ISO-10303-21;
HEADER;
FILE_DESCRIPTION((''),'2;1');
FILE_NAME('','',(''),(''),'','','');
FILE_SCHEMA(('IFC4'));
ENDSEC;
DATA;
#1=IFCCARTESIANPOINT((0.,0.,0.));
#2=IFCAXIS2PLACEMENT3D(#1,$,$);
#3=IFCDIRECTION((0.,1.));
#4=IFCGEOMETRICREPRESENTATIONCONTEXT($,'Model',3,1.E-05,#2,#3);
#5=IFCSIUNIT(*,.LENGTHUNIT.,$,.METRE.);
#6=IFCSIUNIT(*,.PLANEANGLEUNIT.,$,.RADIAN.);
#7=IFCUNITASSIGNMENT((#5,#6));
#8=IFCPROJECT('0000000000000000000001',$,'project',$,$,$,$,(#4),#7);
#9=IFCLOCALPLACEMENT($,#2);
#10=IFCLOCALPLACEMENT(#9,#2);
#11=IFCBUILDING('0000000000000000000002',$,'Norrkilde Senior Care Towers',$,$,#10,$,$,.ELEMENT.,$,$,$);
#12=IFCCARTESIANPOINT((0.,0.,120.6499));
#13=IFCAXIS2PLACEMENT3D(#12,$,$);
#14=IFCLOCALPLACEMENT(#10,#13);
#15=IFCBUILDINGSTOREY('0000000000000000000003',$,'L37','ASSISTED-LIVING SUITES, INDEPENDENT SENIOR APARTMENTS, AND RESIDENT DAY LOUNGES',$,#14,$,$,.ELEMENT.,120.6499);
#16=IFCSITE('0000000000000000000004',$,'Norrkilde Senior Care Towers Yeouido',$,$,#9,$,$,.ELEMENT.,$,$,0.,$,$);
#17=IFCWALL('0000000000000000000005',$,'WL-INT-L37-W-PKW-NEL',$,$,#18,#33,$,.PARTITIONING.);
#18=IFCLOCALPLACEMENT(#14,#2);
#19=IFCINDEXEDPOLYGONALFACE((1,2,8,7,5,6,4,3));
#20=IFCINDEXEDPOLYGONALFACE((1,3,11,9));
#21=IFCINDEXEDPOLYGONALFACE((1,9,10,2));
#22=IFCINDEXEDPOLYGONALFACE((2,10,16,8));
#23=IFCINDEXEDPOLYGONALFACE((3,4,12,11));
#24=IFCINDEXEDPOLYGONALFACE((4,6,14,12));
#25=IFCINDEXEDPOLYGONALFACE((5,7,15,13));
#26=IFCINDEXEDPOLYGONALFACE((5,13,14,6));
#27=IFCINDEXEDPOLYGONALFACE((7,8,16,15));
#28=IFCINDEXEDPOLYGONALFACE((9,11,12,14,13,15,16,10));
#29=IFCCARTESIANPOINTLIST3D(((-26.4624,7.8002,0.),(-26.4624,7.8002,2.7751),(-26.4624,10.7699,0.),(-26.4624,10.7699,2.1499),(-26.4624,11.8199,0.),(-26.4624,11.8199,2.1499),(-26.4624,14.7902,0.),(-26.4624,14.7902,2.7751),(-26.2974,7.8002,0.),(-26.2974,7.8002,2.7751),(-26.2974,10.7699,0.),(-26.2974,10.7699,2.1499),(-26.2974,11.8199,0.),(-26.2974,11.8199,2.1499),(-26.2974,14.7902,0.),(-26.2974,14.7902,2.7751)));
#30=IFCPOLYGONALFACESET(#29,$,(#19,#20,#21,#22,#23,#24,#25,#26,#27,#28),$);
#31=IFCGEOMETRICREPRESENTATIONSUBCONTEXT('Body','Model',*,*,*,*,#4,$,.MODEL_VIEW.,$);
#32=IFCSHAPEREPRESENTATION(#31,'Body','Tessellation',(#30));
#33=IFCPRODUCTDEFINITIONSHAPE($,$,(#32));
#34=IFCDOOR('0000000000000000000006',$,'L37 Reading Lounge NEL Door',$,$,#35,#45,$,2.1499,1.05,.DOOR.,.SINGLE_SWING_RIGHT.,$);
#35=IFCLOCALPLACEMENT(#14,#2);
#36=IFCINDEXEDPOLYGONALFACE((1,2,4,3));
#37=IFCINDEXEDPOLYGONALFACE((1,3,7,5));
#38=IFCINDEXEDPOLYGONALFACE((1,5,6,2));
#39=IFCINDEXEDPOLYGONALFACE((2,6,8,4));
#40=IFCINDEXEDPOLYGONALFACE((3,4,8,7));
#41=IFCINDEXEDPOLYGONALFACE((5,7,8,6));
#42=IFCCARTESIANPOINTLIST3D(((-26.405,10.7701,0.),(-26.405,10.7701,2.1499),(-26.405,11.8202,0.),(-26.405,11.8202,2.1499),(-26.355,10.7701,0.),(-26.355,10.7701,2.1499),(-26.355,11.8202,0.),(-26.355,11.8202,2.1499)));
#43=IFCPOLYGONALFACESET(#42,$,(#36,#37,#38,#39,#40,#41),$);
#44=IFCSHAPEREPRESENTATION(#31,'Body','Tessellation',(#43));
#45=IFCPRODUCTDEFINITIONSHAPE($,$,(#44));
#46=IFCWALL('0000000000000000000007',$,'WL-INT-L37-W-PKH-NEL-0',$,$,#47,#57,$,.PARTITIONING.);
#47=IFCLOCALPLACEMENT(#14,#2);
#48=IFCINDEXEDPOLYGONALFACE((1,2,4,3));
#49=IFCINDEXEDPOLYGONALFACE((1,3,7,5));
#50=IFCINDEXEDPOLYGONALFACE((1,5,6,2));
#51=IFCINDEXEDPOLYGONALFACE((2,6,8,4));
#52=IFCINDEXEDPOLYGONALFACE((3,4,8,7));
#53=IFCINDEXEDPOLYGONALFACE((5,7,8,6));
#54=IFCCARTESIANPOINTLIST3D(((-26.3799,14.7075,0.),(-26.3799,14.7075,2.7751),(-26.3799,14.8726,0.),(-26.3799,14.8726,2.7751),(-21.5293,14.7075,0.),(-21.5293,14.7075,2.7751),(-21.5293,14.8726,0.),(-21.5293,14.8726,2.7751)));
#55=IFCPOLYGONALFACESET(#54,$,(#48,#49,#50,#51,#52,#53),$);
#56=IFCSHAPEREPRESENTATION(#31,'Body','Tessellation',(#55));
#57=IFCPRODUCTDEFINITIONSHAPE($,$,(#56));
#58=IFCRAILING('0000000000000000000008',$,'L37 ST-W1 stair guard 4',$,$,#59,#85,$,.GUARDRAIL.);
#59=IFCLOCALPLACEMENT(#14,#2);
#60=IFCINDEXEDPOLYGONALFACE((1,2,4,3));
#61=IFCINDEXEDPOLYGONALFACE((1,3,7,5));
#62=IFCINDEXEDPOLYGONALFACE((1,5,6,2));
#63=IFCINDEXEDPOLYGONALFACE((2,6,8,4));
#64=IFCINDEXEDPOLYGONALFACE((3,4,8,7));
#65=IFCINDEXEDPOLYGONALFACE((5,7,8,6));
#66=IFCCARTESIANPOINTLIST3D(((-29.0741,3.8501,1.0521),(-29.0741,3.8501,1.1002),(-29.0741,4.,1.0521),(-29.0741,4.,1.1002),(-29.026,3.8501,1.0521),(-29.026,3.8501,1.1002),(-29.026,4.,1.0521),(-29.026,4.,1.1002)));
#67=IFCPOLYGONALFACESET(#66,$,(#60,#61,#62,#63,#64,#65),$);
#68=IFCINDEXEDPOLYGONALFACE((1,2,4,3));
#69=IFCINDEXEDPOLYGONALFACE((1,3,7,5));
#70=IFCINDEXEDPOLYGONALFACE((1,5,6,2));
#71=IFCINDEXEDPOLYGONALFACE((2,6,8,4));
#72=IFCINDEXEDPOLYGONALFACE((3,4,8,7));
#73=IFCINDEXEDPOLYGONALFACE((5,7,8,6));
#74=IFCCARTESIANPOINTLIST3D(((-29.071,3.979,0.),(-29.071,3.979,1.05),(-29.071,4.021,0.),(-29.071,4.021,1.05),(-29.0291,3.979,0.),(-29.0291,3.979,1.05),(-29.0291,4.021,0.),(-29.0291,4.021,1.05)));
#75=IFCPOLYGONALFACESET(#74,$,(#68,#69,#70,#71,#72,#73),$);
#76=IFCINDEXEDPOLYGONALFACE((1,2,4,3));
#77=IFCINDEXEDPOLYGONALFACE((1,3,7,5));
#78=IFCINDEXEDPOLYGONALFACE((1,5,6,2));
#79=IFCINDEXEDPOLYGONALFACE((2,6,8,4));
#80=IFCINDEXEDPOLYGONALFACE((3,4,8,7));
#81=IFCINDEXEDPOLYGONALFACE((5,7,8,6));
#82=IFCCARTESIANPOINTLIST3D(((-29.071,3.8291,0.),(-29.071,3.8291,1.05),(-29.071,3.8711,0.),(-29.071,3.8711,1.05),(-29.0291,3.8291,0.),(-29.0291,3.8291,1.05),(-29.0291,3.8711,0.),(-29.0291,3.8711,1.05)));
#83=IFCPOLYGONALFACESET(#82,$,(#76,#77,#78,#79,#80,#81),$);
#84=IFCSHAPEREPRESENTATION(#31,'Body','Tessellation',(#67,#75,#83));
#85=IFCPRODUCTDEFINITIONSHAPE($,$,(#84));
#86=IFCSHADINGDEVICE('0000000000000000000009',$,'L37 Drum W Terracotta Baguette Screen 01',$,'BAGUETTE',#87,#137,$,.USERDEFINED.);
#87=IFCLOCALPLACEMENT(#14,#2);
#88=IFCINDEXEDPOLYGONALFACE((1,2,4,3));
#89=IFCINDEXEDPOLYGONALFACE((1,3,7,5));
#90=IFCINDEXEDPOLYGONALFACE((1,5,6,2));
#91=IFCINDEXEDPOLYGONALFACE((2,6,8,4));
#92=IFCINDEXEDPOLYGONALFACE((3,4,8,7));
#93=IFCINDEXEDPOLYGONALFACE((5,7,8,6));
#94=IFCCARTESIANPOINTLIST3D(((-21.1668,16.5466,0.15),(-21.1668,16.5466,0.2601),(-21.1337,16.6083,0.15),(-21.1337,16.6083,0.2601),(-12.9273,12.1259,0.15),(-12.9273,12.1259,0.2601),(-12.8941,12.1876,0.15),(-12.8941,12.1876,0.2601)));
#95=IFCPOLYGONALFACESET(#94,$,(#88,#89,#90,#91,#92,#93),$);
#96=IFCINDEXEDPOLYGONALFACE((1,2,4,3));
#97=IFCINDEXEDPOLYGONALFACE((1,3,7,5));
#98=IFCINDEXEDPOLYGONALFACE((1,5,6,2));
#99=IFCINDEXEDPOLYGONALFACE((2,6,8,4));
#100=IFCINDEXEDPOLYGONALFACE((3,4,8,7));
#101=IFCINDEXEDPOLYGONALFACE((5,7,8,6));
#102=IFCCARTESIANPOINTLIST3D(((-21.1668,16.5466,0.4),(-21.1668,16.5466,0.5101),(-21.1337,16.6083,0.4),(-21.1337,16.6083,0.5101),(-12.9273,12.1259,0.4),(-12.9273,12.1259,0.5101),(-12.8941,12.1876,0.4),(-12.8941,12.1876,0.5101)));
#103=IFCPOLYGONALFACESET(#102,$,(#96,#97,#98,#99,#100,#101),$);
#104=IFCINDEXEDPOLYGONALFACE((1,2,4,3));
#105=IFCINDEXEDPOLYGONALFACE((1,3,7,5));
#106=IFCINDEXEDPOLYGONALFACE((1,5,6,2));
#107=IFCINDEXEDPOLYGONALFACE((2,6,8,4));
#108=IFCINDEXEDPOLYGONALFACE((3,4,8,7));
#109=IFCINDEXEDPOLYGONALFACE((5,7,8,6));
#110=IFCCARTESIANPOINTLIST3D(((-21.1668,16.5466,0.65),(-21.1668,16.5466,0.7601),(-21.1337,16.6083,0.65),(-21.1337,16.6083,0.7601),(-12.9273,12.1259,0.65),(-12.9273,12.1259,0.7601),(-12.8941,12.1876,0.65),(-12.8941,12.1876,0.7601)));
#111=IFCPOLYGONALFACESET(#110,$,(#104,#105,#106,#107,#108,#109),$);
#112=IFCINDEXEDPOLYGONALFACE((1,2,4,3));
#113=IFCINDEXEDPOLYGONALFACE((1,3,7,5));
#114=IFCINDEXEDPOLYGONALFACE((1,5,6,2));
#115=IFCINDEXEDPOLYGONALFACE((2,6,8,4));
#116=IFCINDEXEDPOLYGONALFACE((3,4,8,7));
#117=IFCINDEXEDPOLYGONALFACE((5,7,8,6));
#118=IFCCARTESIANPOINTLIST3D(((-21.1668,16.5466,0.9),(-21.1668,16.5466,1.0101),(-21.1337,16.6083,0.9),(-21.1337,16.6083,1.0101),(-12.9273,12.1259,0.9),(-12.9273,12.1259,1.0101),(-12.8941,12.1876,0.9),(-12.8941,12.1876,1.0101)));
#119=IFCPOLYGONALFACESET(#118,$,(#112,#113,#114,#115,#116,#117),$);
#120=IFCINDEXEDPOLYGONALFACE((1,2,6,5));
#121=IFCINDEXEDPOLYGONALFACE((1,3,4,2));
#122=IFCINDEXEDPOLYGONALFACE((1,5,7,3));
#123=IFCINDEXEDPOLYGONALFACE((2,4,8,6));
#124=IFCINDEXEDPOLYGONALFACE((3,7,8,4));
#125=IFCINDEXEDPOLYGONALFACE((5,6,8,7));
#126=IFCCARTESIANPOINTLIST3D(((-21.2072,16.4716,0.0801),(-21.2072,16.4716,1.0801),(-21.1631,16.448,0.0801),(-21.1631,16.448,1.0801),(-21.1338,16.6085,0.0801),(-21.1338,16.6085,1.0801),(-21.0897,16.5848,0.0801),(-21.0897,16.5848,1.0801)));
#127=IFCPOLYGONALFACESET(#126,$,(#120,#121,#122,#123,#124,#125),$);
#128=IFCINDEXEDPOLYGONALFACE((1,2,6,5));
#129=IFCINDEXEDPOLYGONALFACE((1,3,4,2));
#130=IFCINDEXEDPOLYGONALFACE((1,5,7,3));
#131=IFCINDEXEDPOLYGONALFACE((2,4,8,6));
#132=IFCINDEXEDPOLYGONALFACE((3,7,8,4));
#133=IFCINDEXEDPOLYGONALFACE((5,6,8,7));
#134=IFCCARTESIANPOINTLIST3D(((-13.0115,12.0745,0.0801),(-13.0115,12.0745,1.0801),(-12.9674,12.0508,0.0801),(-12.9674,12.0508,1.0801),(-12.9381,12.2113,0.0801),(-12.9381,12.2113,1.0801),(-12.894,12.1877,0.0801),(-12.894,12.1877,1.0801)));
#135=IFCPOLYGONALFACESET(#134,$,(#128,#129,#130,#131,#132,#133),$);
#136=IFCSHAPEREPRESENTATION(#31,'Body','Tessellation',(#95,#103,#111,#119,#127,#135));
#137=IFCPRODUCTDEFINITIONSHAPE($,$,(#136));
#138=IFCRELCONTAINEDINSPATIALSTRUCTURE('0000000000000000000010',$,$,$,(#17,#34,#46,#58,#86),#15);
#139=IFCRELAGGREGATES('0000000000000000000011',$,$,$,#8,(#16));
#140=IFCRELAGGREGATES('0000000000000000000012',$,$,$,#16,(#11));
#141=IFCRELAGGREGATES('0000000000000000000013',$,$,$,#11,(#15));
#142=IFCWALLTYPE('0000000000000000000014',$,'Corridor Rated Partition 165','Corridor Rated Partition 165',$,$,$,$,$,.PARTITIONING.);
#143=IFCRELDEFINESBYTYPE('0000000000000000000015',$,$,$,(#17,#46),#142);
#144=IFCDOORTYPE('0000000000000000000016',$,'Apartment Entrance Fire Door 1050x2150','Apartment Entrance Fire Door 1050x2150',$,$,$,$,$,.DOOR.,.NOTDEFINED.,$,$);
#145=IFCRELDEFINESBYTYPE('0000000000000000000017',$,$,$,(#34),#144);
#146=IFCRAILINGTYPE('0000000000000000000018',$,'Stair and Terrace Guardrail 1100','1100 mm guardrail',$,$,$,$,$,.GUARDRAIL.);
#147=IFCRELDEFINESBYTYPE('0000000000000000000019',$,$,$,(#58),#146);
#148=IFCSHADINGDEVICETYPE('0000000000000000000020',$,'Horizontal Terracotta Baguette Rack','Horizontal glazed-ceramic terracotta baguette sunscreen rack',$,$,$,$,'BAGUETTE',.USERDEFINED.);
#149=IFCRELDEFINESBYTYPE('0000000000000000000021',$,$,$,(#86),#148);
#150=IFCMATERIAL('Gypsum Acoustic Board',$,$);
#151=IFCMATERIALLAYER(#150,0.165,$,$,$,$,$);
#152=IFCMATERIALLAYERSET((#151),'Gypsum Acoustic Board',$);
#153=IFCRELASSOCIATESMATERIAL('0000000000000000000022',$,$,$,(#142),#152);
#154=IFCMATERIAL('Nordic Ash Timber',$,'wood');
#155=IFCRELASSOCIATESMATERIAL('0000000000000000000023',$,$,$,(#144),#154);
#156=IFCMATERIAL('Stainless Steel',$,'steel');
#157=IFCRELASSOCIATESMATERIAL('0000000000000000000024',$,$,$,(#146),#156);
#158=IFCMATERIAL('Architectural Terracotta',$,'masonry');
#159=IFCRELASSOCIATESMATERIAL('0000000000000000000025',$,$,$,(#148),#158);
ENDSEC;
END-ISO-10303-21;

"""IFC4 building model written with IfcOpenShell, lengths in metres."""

from ifc_helpers import new_model, si_unit, direction, frame, frame_2d, origin, origin_2d, place, context, subcontext, project, spatial, rectangle, extrude, source, transform, mapped, material, layer, layer_set, type_object, type_shapes, element, fill, save


model = new_model("IFC4")

# Units and contexts
model_context = context("Model", 3, precision=1e-05, world=origin(), true_north=direction((0.0, 1.0)))
body_context = subcontext(model_context, "Body", "Model", "MODEL_VIEW")
ifc_project = project(units=[si_unit("LENGTHUNIT", "METRE"), si_unit("PLANEANGLEUNIT", "RADIAN")], contexts=[model_context])

# Site, building, storey
site_placement = place(None, origin())
site = spatial("IfcSite", under=ifc_project, at=site_placement, Name="Norrkilde Senior Care Towers Yeouido", CompositionType="ELEMENT", RefElevation=0.0)
building_placement = place(site_placement, origin())
building = spatial("IfcBuilding", under=site, at=building_placement, Name="Norrkilde Senior Care Towers", CompositionType="ELEMENT")
storey_placement = place(building_placement, frame((0.0, 0.0, 120.6499)))
storey = spatial("IfcBuildingStorey", under=building, at=storey_placement, Name="L37", Description="ASSISTED-LIVING SUITES, INDEPENDENT SENIOR APARTMENTS, AND RESIDENT DAY LOUNGES", CompositionType="ELEMENT", Elevation=120.6499)

# Shared definitions
ifc_material_1 = material(Name="Stainless Steel", Category="steel")

# Shared definitions
ifc_material_2 = material(Name="Gypsum Acoustic Board")
ifc_layer_1 = layer(ifc_material_2, 0.165)
ifc_layer_set_1 = layer_set([ifc_layer_1], Name="Gypsum Acoustic Board")
wall_type_1 = type_object("IfcWallType", Name="Corridor Rated Partition 165", Description="Corridor Rated Partition 165", PredefinedType="PARTITIONING", material=ifc_layer_set_1)
ifc_material_3 = material(Name="Nordic Ash Timber", Category="wood")

# Wall, opening, door
shared_shape_1 = source(origin(), body_context, "Body", "SweptSolid", [
    extrude(rectangle(XDim=6.99, YDim=0.165, at=frame_2d((3.4951, 0.0))), origin(), (0.0, 0.0, 1.0), 2.7751),
])
wall_1_placement = place(storey_placement, frame((-26.3799, 7.8, 0.0), z_axis=(0.0, 0.0, 1.0), x_axis=(0.0, 1.0, 0.0)))
wall_1 = element("IfcWall", 1, at=wall_1_placement, inside=storey, type_object=wall_type_1, Name="WL-INT-L37-W-PKW-NEL", PredefinedType="PARTITIONING", context=body_context, shape_type="MappedRepresentation", body=[
    mapped(shared_shape_1, transform((0.0, 0.0, 0.0), x_axis=(1.0, 0.0, 0.0), y_axis=(0.0, 1.0, 0.0), z_axis=(0.0, 0.0, 1.0), scale=1.0)),
])
opening_1_placement = place(wall_1_placement, frame((2.97, 0.0, 0.0)))
opening_1 = element("IfcOpeningElement", 2, at=opening_1_placement, cuts=wall_1, PredefinedType="OPENING", context=body_context, shape_type="SweptSolid", body=[
    extrude(rectangle(XDim=1.05, YDim=2.1499, at=frame_2d((0.5249, 1.075))), frame((0.0, 0.0925, 0.0), z_axis=(0.0, -1.0, 0.0), x_axis=(1.0, 0.0, 0.0)), (0.0, 0.0, 1.0), 0.1851),
])
door_type_1 = type_object("IfcDoorType", Name="Apartment Entrance Fire Door 1050x2150", Description="Apartment Entrance Fire Door 1050x2150", OperationType="NOTDEFINED", PredefinedType="DOOR", material=ifc_material_3)
shared_shape_2 = source(origin(), body_context, "Body", "SweptSolid", [
    extrude(rectangle(XDim=1.05, YDim=2.1499, at=frame_2d((0.5249, 1.075))), frame((0.0, 0.0249, 0.0), z_axis=(0.0, -1.0, 0.0), x_axis=(1.0, 0.0, 0.0)), (0.0, 0.0, 1.0), 0.05),
])
type_shapes(door_type_1, [shared_shape_2])
door_1_placement = place(opening_1_placement, frame((1.05, 0.0, 0.0), z_axis=(0.0, 0.0, 1.0), x_axis=(-1.0, 0.0, 0.0)))
door_1 = element("IfcDoor", 3, at=door_1_placement, inside=storey, type_object=door_type_1, Name="L37 Reading Lounge NEL Door", OperationType="SINGLE_SWING_RIGHT", OverallHeight=2.1499, OverallWidth=1.05, PredefinedType="DOOR", context=body_context, shape_type="MappedRepresentation", body=[
    mapped(shared_shape_2, transform((0.0, 0.0, 0.0), x_axis=(1.0, 0.0, 0.0), y_axis=(0.0, 1.0, 0.0), z_axis=(0.0, 0.0, 1.0), scale=1.0)),
])
fill(opening_1, door_1)

# Wall
shared_shape_3 = source(origin(), body_context, "Body", "SweptSolid", [
    extrude(rectangle(XDim=4.8506, YDim=0.165, at=frame_2d((2.4253, 0.0))), origin(), (0.0, 0.0, 1.0), 2.7751),
])
wall_2_placement = place(storey_placement, frame((-26.3799, 14.79, 0.0), z_axis=(0.0, 0.0, 1.0), x_axis=(1.0, 0.0, 0.0)))
element("IfcWall", 4, at=wall_2_placement, inside=storey, type_object=wall_type_1, Name="WL-INT-L37-W-PKH-NEL-0", PredefinedType="PARTITIONING", context=body_context, shape_type="MappedRepresentation", body=[
    mapped(shared_shape_3, transform((0.0, 0.0, 0.0), x_axis=(1.0, 0.0, 0.0), y_axis=(0.0, 1.0, 0.0), z_axis=(0.0, 0.0, 1.0), scale=1.0)),
])

# Railing
railing_type = type_object("IfcRailingType", Name="Stair and Terrace Guardrail 1100", Description="1100 mm guardrail", PredefinedType="GUARDRAIL", material=ifc_material_1)
railing_placement = place(storey_placement, frame((-29.05, 4.0, 0.0)))
element("IfcRailing", 5, at=railing_placement, inside=storey, type_object=railing_type, Name="L37 ST-W1 stair guard 4", PredefinedType="GUARDRAIL", context=body_context, shape_type="SweptSolid", body=[
    extrude(rectangle(XDim=0.0481, YDim=0.0481, at=origin_2d()), frame((0.0, 0.0, 1.0762), z_axis=(0.0, -1.0, 0.0), x_axis=(1.0, 0.0, 0.0)), (0.0, 0.0, 1.0), 0.1499),
    extrude(rectangle(XDim=0.042, YDim=0.042, at=origin_2d()), origin(), (0.0, 0.0, 1.0), 1.05),
    extrude(rectangle(XDim=0.042, YDim=0.042, at=origin_2d()), frame((0.0, -0.1499, 0.0)), (0.0, 0.0, 1.0), 1.05),
])

# Shading device
ifc_material_4 = material(Name="Architectural Terracotta", Category="masonry")
shading_device_type = type_object("IfcShadingDeviceType", Name="Horizontal Terracotta Baguette Rack", Description="Horizontal glazed-ceramic terracotta baguette sunscreen rack", ElementType="BAGUETTE", PredefinedType="USERDEFINED", material=ifc_material_4)
shared_shape_4 = source(origin(), body_context, "Body", "SweptSolid", [
    extrude(rectangle(XDim=0.0701, YDim=0.1101, at=origin_2d()), frame((0.0, 0.0901, 0.125), z_axis=(1.0, 0.0, 0.0), x_axis=(0.0, 1.0, 0.0)), (0.0, 0.0, 1.0), 9.3506),
    extrude(rectangle(XDim=0.0701, YDim=0.1101, at=origin_2d()), frame((0.0, 0.0901, 0.375), z_axis=(1.0, 0.0, 0.0), x_axis=(0.0, 1.0, 0.0)), (0.0, 0.0, 1.0), 9.3506),
    extrude(rectangle(XDim=0.0701, YDim=0.1101, at=origin_2d()), frame((0.0, 0.0901, 0.625), z_axis=(1.0, 0.0, 0.0), x_axis=(0.0, 1.0, 0.0)), (0.0, 0.0, 1.0), 9.3506),
    extrude(rectangle(XDim=0.0701, YDim=0.1101, at=origin_2d()), frame((0.0, 0.0901, 0.875), z_axis=(1.0, 0.0, 0.0), x_axis=(0.0, 1.0, 0.0)), (0.0, 0.0, 1.0), 9.3506),
    extrude(rectangle(XDim=0.05, YDim=0.1553, at=origin_2d()), frame((0.0249, 0.0476, 0.0)), (0.0, 0.0, 1.0), 1.0),
    extrude(rectangle(XDim=0.05, YDim=0.1553, at=origin_2d()), frame((9.3257, 0.0476, 0.0)), (0.0, 0.0, 1.0), 1.0),
])
type_shapes(shading_device_type, [shared_shape_4])
shading_device_placement = place(storey_placement, frame((-21.1929, 16.498, 0.0801), z_axis=(0.0, 0.0, 1.0), x_axis=(0.881175, -0.472768, 0.0)))
element("IfcShadingDevice", 6, at=shading_device_placement, inside=storey, type_object=shading_device_type, Name="L37 Drum W Terracotta Baguette Screen 01", ObjectType="BAGUETTE", PredefinedType="USERDEFINED", context=body_context, shape_type="MappedRepresentation", body=[
    mapped(shared_shape_4, transform((0.0, 0.0, 0.0), x_axis=(1.0, 0.0, 0.0), y_axis=(0.0, 1.0, 0.0), z_axis=(0.0, 0.0, 1.0), scale=1.0)),
])

save(model, "model.ifc")
